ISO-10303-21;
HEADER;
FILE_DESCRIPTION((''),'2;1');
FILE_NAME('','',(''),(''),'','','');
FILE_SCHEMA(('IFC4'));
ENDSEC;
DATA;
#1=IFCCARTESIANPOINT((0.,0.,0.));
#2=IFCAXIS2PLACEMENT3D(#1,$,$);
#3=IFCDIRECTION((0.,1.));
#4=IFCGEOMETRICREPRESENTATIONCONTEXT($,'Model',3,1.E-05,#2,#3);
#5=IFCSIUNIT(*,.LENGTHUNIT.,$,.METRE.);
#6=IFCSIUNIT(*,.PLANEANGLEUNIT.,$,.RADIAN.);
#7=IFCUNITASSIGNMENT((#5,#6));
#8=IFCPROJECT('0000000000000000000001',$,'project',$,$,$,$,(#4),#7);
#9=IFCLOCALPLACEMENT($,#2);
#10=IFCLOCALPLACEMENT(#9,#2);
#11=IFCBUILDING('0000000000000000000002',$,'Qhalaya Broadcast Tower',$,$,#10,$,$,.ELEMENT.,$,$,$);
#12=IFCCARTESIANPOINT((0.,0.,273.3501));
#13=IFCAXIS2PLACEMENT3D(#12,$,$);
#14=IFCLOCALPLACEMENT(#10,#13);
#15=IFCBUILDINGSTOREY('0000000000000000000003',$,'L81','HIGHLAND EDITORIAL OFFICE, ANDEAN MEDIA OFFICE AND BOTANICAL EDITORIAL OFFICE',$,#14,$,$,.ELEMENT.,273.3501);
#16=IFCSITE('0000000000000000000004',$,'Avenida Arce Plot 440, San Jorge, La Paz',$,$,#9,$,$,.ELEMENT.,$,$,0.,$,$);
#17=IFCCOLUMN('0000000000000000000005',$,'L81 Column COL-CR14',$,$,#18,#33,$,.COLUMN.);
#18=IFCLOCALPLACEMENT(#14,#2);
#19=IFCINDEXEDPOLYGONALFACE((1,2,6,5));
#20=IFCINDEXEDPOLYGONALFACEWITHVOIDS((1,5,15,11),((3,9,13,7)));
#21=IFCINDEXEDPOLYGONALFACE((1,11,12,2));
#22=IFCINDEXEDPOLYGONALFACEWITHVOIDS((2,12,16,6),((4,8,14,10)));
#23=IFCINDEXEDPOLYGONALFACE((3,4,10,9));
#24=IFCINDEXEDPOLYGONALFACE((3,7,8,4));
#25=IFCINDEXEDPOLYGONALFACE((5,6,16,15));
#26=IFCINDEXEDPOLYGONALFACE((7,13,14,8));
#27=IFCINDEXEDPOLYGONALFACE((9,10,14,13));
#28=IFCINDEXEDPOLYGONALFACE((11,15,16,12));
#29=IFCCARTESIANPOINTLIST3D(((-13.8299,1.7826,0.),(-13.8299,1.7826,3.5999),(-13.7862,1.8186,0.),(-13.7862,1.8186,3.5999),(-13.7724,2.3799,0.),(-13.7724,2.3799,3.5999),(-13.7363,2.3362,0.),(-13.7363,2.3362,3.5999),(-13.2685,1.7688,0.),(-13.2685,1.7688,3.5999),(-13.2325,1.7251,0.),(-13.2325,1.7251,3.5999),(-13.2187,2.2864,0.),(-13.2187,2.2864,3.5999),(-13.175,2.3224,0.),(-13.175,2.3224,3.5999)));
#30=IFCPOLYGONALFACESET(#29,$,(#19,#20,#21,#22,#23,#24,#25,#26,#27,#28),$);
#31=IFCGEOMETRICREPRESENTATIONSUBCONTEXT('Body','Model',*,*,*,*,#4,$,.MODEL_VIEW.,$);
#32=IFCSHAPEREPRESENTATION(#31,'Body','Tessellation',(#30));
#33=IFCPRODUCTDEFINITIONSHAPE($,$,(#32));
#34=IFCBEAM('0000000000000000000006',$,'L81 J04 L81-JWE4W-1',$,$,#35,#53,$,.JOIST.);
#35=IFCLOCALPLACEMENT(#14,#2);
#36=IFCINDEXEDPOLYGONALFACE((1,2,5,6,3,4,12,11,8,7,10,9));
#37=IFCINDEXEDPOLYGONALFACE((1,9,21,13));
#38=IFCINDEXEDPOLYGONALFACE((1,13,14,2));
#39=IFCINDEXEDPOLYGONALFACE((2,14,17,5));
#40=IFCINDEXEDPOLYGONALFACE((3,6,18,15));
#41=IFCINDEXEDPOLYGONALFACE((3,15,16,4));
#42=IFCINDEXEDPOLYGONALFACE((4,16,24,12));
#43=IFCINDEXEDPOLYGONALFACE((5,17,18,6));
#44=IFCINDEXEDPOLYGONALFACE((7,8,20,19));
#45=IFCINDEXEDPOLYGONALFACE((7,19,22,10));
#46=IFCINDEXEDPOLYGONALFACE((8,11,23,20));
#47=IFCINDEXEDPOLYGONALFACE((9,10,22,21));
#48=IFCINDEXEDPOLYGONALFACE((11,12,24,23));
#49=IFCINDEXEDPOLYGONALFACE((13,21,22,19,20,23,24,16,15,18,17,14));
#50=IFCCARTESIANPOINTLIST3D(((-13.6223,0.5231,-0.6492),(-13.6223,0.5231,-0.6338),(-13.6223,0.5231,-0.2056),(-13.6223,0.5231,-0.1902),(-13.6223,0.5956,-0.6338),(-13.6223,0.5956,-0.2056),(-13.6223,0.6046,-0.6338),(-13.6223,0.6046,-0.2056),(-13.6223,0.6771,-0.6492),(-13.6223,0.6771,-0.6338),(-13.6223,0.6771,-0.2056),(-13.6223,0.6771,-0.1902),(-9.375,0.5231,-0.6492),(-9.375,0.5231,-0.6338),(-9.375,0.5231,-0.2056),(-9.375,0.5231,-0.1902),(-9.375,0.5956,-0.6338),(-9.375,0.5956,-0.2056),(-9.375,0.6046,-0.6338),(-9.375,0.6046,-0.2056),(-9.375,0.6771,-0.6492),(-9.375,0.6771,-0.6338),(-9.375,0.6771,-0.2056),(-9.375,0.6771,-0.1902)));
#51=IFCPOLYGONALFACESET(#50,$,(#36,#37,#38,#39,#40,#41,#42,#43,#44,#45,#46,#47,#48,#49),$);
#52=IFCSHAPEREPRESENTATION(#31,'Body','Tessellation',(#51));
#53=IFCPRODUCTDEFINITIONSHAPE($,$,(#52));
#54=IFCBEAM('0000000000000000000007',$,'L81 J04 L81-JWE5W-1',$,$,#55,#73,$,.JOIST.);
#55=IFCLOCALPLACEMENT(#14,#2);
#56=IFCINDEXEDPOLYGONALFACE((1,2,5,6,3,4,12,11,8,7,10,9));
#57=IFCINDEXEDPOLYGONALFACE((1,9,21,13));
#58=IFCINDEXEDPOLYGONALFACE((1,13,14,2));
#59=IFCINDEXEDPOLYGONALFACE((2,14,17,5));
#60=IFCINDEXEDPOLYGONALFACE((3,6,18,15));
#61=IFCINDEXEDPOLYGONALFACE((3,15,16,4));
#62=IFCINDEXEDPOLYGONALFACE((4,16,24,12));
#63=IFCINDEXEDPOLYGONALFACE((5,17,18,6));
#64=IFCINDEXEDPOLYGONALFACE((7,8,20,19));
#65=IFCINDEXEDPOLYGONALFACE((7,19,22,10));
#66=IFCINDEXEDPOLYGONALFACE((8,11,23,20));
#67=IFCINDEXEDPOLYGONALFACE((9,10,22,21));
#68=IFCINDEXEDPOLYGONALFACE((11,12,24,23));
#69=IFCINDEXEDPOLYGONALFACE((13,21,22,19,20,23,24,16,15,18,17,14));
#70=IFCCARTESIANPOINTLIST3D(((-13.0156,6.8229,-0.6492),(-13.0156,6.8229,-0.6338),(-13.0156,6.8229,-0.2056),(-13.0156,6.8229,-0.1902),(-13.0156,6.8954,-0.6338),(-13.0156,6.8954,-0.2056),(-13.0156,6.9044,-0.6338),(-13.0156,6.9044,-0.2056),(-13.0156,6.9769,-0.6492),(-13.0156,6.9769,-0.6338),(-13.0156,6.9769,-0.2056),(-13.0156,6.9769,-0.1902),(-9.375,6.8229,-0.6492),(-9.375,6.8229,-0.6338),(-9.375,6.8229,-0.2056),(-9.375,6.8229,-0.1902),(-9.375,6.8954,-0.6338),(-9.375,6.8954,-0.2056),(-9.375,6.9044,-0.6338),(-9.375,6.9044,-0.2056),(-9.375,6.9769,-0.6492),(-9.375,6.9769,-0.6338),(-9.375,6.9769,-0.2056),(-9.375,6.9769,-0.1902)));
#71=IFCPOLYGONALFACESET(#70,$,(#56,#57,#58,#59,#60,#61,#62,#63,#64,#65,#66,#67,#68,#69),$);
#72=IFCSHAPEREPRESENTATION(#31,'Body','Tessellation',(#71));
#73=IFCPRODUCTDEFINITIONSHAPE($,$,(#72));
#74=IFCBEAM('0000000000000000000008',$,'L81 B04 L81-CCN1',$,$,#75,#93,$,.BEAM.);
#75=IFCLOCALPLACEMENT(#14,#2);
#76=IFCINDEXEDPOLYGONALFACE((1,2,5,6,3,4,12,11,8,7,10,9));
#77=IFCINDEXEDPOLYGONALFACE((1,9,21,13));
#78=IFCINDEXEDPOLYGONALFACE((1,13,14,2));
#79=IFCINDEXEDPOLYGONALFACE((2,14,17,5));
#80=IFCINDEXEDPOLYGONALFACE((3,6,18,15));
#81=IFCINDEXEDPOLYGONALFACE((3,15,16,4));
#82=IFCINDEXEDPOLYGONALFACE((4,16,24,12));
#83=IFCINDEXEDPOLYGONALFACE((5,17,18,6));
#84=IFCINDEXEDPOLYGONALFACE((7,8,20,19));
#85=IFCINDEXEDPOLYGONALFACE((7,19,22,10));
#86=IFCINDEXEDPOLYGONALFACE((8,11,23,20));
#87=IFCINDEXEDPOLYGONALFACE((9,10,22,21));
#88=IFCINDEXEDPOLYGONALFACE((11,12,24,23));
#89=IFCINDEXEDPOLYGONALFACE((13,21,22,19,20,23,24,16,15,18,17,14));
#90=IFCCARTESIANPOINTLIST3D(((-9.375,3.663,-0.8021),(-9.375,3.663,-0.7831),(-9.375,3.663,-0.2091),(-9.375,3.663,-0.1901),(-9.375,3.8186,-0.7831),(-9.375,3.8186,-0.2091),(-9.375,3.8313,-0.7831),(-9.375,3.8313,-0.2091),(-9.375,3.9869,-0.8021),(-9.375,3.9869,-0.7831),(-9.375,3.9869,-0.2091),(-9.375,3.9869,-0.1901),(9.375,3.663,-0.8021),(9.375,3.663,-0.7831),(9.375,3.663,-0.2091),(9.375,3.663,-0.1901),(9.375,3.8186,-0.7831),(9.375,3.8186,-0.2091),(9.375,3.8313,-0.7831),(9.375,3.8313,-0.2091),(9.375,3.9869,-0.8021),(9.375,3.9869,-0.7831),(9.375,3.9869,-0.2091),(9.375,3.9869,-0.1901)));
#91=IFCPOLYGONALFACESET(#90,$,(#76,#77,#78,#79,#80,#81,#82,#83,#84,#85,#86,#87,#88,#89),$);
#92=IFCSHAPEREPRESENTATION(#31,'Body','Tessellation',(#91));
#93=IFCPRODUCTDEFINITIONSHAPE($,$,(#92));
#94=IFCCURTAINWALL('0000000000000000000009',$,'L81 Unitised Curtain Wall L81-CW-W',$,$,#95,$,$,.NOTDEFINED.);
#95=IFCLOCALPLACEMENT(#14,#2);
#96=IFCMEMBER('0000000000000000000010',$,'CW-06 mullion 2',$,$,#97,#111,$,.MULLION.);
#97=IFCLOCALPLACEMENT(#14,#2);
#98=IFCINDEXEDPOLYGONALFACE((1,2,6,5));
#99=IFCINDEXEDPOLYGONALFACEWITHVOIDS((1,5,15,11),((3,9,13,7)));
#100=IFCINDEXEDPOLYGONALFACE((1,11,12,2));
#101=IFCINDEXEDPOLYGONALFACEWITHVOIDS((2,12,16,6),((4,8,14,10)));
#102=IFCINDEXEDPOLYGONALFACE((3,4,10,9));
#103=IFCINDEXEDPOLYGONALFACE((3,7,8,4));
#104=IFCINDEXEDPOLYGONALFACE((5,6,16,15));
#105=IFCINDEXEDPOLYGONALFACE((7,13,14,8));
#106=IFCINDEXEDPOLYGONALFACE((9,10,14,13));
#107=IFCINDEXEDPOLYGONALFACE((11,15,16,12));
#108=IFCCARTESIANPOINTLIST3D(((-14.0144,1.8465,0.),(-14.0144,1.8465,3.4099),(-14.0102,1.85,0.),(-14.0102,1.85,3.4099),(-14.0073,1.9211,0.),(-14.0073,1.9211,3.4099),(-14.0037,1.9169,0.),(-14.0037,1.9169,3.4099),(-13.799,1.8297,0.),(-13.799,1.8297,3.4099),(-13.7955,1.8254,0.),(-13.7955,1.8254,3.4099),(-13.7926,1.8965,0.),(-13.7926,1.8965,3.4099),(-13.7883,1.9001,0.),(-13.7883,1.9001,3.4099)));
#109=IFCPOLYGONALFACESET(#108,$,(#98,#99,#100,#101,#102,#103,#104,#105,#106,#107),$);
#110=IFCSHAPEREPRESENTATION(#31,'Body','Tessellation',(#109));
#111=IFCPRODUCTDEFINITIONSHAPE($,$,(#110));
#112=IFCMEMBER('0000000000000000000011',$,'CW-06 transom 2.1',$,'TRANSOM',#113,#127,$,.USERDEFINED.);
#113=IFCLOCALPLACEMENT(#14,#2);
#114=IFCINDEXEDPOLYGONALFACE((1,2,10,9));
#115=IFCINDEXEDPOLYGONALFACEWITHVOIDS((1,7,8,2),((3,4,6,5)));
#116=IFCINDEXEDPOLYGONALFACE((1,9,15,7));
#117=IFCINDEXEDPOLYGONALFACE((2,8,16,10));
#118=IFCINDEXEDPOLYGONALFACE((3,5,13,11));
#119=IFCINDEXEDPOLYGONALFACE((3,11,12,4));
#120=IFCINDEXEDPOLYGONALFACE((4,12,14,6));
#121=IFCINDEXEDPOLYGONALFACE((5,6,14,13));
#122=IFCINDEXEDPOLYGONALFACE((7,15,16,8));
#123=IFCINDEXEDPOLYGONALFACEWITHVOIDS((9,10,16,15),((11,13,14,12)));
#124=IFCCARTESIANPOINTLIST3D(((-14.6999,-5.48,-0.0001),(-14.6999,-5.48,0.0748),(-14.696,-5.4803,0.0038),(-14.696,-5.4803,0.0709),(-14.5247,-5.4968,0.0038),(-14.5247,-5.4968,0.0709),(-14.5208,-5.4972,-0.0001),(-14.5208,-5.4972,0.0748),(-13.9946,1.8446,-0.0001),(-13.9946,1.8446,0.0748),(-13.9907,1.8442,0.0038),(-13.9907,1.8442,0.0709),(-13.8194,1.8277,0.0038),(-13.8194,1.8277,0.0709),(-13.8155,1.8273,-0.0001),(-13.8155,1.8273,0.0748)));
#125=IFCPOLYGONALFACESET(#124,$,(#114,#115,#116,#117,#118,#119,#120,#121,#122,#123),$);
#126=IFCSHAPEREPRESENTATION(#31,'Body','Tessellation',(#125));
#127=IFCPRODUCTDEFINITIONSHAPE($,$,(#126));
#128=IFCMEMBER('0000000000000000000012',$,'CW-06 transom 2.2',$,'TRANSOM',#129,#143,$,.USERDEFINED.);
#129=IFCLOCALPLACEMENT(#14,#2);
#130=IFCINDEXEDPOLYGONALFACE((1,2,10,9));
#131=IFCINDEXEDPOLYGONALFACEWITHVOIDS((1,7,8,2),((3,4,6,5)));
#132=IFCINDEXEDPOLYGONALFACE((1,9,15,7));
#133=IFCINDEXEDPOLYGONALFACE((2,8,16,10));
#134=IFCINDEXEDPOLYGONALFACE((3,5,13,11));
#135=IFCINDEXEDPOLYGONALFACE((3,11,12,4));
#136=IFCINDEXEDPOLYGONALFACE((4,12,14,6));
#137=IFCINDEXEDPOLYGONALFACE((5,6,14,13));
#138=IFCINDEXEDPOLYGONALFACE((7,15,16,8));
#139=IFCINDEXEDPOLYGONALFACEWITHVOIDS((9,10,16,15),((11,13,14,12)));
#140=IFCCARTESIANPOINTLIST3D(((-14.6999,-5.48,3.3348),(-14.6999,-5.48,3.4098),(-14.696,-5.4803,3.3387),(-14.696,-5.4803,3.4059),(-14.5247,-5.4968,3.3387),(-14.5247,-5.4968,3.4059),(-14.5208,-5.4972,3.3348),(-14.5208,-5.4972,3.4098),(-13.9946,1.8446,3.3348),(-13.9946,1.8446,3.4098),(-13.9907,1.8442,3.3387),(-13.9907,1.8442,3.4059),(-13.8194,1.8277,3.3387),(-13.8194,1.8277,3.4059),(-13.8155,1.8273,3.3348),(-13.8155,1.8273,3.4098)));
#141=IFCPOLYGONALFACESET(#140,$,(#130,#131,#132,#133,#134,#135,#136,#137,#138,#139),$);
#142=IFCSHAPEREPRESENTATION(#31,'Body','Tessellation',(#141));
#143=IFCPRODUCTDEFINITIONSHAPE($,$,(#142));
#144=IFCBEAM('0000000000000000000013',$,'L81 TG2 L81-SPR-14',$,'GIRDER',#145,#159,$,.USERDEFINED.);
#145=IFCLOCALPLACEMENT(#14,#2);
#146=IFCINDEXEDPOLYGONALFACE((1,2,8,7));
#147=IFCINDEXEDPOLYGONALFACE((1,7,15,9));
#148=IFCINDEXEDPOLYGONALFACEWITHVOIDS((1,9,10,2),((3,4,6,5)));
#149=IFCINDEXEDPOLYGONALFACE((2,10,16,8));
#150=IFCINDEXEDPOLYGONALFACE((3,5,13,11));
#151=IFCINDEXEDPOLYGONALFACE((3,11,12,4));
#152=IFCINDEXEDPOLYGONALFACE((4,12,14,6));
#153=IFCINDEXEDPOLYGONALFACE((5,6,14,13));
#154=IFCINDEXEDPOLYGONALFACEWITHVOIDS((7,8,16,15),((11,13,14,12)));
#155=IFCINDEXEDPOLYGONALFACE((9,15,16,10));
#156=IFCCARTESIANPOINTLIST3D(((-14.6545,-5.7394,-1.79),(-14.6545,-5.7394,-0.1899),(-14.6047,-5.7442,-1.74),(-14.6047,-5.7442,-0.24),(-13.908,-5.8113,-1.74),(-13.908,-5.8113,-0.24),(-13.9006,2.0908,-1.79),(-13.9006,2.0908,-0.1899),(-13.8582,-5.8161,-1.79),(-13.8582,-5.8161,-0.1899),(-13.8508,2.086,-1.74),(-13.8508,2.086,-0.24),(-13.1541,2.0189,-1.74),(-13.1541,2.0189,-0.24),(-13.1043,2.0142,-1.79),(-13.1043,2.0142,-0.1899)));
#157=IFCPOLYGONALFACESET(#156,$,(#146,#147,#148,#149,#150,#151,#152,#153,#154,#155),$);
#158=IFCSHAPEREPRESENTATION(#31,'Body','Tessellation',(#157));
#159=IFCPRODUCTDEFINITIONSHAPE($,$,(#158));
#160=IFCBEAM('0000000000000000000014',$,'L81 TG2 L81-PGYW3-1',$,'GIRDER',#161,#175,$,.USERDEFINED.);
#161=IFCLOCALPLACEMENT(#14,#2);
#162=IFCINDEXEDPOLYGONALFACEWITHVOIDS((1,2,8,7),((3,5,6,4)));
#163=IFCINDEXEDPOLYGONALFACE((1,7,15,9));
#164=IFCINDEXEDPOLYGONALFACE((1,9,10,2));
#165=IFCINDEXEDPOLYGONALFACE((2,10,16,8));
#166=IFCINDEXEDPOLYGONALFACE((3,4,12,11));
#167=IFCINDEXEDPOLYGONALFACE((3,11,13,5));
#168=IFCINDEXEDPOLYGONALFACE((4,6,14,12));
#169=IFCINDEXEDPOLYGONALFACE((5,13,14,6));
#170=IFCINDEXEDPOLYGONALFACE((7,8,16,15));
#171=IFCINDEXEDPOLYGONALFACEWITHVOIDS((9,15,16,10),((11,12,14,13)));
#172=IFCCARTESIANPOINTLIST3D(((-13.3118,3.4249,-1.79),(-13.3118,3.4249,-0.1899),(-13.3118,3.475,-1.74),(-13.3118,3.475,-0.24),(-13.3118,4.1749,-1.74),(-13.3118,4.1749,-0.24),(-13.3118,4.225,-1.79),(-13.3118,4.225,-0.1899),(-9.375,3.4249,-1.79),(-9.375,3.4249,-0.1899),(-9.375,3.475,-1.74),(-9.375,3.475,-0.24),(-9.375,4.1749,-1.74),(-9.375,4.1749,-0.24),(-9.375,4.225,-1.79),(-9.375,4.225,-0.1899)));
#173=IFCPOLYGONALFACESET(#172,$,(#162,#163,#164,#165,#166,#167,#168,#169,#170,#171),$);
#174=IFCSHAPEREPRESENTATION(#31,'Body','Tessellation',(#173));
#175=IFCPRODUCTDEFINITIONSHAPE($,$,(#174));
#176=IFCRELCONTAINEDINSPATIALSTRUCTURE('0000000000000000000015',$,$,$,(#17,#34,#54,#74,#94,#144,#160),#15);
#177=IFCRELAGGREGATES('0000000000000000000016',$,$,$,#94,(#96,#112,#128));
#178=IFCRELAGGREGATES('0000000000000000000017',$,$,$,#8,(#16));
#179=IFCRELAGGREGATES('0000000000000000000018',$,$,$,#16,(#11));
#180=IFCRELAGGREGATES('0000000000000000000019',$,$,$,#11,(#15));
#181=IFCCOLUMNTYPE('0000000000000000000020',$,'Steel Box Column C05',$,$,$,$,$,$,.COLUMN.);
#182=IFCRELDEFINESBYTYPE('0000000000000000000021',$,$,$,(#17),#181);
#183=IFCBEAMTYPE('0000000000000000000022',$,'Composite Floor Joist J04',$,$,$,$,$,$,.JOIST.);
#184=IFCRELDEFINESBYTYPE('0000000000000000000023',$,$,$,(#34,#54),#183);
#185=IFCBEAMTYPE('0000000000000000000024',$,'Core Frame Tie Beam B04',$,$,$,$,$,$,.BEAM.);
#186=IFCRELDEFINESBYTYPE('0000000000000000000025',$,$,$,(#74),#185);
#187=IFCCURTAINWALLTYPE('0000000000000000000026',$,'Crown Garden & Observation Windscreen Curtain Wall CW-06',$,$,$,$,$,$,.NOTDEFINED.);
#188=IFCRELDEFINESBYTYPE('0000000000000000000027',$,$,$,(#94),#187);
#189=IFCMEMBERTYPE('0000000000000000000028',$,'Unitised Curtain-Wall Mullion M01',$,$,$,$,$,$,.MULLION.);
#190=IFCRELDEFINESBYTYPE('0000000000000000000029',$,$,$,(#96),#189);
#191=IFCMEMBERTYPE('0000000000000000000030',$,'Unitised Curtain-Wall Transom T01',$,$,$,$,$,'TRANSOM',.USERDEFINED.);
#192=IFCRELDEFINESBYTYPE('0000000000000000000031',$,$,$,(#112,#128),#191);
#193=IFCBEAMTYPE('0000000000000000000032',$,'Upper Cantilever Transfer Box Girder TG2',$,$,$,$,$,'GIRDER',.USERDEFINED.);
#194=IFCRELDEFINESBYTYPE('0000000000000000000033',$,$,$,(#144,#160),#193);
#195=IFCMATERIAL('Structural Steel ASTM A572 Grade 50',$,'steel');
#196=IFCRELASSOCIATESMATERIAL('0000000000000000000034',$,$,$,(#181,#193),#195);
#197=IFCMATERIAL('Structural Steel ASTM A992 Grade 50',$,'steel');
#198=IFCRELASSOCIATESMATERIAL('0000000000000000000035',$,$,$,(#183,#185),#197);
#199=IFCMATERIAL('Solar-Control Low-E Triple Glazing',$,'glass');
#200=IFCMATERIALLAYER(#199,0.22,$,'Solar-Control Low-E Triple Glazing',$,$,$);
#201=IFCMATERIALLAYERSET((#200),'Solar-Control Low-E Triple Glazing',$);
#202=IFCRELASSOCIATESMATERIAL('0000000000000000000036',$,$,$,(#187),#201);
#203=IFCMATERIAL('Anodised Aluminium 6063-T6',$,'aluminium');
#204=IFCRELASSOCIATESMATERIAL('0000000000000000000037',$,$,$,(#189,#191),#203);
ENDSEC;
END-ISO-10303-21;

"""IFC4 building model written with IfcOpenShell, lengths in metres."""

from ifc_helpers import new_model, si_unit, direction, frame, origin, origin_2d, place, context, subcontext, project, spatial, hollow_rectangle, i_section, extrude, material, layer, layer_set, material_profile, profile_set, type_object, element, aggregate, save


model = new_model("IFC4")

# Units and contexts
model_context = context("Model", 3, precision=1e-05, world=origin(), true_north=direction((0.0, 1.0)))
body_context = subcontext(model_context, "Body", "Model", "MODEL_VIEW")
ifc_project = project(units=[si_unit("LENGTHUNIT", "METRE"), si_unit("PLANEANGLEUNIT", "RADIAN")], contexts=[model_context])

# Site, building, storey
site_placement = place(None, origin())
site = spatial("IfcSite", under=ifc_project, at=site_placement, Name="Avenida Arce Plot 440, San Jorge, La Paz", CompositionType="ELEMENT", RefElevation=0.0)
building_placement = place(site_placement, origin())
building = spatial("IfcBuilding", under=site, at=building_placement, Name="Qhalaya Broadcast Tower", CompositionType="ELEMENT")
storey_placement = place(building_placement, frame((0.0, 0.0, 273.3501)))
storey = spatial("IfcBuildingStorey", under=building, at=storey_placement, Name="L81", Description="HIGHLAND EDITORIAL OFFICE, ANDEAN MEDIA OFFICE AND BOTANICAL EDITORIAL OFFICE", CompositionType="ELEMENT", Elevation=273.3501)

# Column
ifc_material_1 = material(Name="Structural Steel ASTM A572 Grade 50", Category="steel")
ifc_material_profile_1 = material_profile(ifc_material_1, hollow_rectangle(XDim=0.6001, YDim=0.6001, WallThickness=0.04, at=origin_2d()), Name="BOX 600x600x40")
ifc_profile_set_1 = profile_set([ifc_material_profile_1], Name="Structural Steel ASTM A572 Grade 50")
column_type = type_object("IfcColumnType", Name="Steel Box Column C05", PredefinedType="COLUMN", material=ifc_profile_set_1)
column_placement = place(storey_placement, frame((-13.5024, 2.0525, 0.0), z_axis=(0.0, 0.0, 1.0), x_axis=(0.095846, 0.995396, 0.0)))
element("IfcColumn", 1, at=column_placement, inside=storey, type_object=column_type, Name="L81 Column COL-CR14", PredefinedType="COLUMN", context=body_context, shape_type="SweptSolid", body=[
    extrude(hollow_rectangle(XDim=0.6001, YDim=0.6001, WallThickness=0.04, at=origin_2d()), origin(), (0.0, 0.0, 1.0), 3.5999),
])

# Beams
ifc_material_2 = material(Name="Structural Steel ASTM A992 Grade 50", Category="steel")
ifc_material_profile_2 = material_profile(ifc_material_2, i_section(OverallWidth=0.1541, OverallDepth=0.459, WebThickness=0.009, FlangeThickness=0.0154, at=origin_2d()), Name="W18X46")
ifc_profile_set_2 = profile_set([ifc_material_profile_2], Name="Structural Steel ASTM A992 Grade 50")
beam_type_1 = type_object("IfcBeamType", Name="Composite Floor Joist J04", PredefinedType="JOIST", material=ifc_profile_set_2)
beam_1_placement = place(storey_placement, frame((-13.6223, 0.6001, -0.4197), z_axis=(1.0, 0.0, 0.0), x_axis=(0.0, 1.0, 0.0)))
element("IfcBeam", 2, at=beam_1_placement, inside=storey, type_object=beam_type_1, Name="L81 J04 L81-JWE4W-1", PredefinedType="JOIST", context=body_context, shape_type="SweptSolid", body=[
    extrude(i_section(OverallWidth=0.1541, OverallDepth=0.459, WebThickness=0.009, FlangeThickness=0.0154, at=origin_2d()), origin(), (0.0, 0.0, 1.0), 4.2473),
])
beam_2_placement = place(storey_placement, frame((-13.0156, 6.8999, -0.4197), z_axis=(1.0, 0.0, 0.0), x_axis=(0.0, 1.0, 0.0)))
element("IfcBeam", 3, at=beam_2_placement, inside=storey, type_object=beam_type_1, Name="L81 J04 L81-JWE5W-1", PredefinedType="JOIST", context=body_context, shape_type="SweptSolid", body=[
    extrude(i_section(OverallWidth=0.1541, OverallDepth=0.459, WebThickness=0.009, FlangeThickness=0.0154, at=origin_2d()), origin(), (0.0, 0.0, 1.0), 3.6406),
])
ifc_material_profile_3 = material_profile(ifc_material_2, i_section(OverallWidth=0.324, OverallDepth=0.6121, WebThickness=0.0127, FlangeThickness=0.019, at=origin_2d()), Name="W24X104")
ifc_profile_set_3 = profile_set([ifc_material_profile_3], Name="Structural Steel ASTM A992 Grade 50")
beam_type_2 = type_object("IfcBeamType", Name="Core Frame Tie Beam B04", PredefinedType="BEAM", material=ifc_profile_set_3)
beam_3_placement = place(storey_placement, frame((-9.375, 3.825, -0.4961), z_axis=(1.0, 0.0, 0.0), x_axis=(0.0, 1.0, 0.0)))
element("IfcBeam", 4, at=beam_3_placement, inside=storey, type_object=beam_type_2, Name="L81 B04 L81-CCN1", PredefinedType="BEAM", context=body_context, shape_type="SweptSolid", body=[
    extrude(i_section(OverallWidth=0.324, OverallDepth=0.6121, WebThickness=0.0127, FlangeThickness=0.019, at=origin_2d()), origin(), (0.0, 0.0, 1.0), 18.75),
])

# Curtain wall, members
ifc_material_3 = material(Name="Solar-Control Low-E Triple Glazing", Category="glass")
ifc_layer_1 = layer(ifc_material_3, 0.22, Name="Solar-Control Low-E Triple Glazing")
ifc_layer_set_1 = layer_set([ifc_layer_1], Name="Solar-Control Low-E Triple Glazing")
curtain_wall_type = type_object("IfcCurtainWallType", Name="Crown Garden & Observation Windscreen Curtain Wall CW-06", PredefinedType="NOTDEFINED", material=ifc_layer_set_1)
curtain_wall_placement = place(storey_placement, origin())
curtain_wall = element("IfcCurtainWall", 5, at=curtain_wall_placement, inside=storey, type_object=curtain_wall_type, Name="L81 Unitised Curtain Wall L81-CW-W", PredefinedType="NOTDEFINED")
ifc_material_4 = material(Name="Anodised Aluminium 6063-T6", Category="aluminium")
ifc_material_profile_4 = material_profile(ifc_material_4, hollow_rectangle(XDim=0.075, YDim=0.22, WallThickness=0.0039, at=origin_2d()), Name="ALU-MUL 75x220x4")
ifc_profile_set_4 = profile_set([ifc_material_profile_4], Name="Anodised Aluminium 6063-T6")
member_type_1 = type_object("IfcMemberType", Name="Unitised Curtain-Wall Mullion M01", PredefinedType="MULLION", material=ifc_profile_set_4)
member_1_placement = place(storey_placement, frame((-13.9014, 1.8733, 0.0), z_axis=(0.0, 0.0, 1.0), x_axis=(-0.095848, -0.995396, 0.0)))
member_1 = element("IfcMember", 6, at=member_1_placement, type_object=member_type_1, Name="CW-06 mullion 2", PredefinedType="MULLION", context=body_context, shape_type="SweptSolid", body=[
    extrude(hollow_rectangle(XDim=0.075, YDim=0.22, WallThickness=0.0039, at=origin_2d()), origin(), (0.0, 0.0, 1.0), 3.4099),
])
ifc_material_profile_5 = material_profile(ifc_material_4, hollow_rectangle(XDim=0.075, YDim=0.1799, WallThickness=0.0039, at=origin_2d()), Name="ALU-TRN 75x180x4")
ifc_profile_set_5 = profile_set([ifc_material_profile_5], Name="Anodised Aluminium 6063-T6")
member_type_2 = type_object("IfcMemberType", Name="Unitised Curtain-Wall Transom T01", ElementType="TRANSOM", PredefinedType="USERDEFINED", material=ifc_profile_set_5)
member_2_placement = place(storey_placement, frame((-13.905, 1.8359, 0.0374), z_axis=(-0.095853, -0.995395, 0.0), x_axis=(0.0, 0.0, 1.0)))
member_2 = element("IfcMember", 7, at=member_2_placement, type_object=member_type_2, Name="CW-06 transom 2.1", ObjectType="TRANSOM", PredefinedType="USERDEFINED", context=body_context, shape_type="SweptSolid", body=[
    extrude(hollow_rectangle(XDim=0.075, YDim=0.1799, WallThickness=0.0039, at=origin_2d()), origin(), (0.0, 0.0, 1.0), 7.3584),
])
member_3_placement = place(storey_placement, frame((-13.905, 1.8359, 3.3723), z_axis=(-0.095853, -0.995395, 0.0), x_axis=(0.0, 0.0, 1.0)))
member_3 = element("IfcMember", 8, at=member_3_placement, type_object=member_type_2, Name="CW-06 transom 2.2", ObjectType="TRANSOM", PredefinedType="USERDEFINED", context=body_context, shape_type="SweptSolid", body=[
    extrude(hollow_rectangle(XDim=0.075, YDim=0.1799, WallThickness=0.0039, at=origin_2d()), origin(), (0.0, 0.0, 1.0), 7.3584),
])

# Beams
ifc_material_profile_6 = material_profile(ifc_material_1, hollow_rectangle(XDim=0.8, YDim=1.6001, WallThickness=0.05, at=origin_2d()), Name="BOX 800x1600x50")
ifc_profile_set_6 = profile_set([ifc_material_profile_6], Name="Structural Steel ASTM A572 Grade 50")
beam_type_3 = type_object("IfcBeamType", Name="Upper Cantilever Transfer Box Girder TG2", ElementType="GIRDER", PredefinedType="USERDEFINED", material=ifc_profile_set_6)
beam_4_placement = place(storey_placement, frame((-13.5024, 2.0525, -0.99), z_axis=(-0.095837, -0.995397, 0.0), x_axis=(0.995397, -0.095837, 0.0)))
element("IfcBeam", 9, at=beam_4_placement, inside=storey, type_object=beam_type_3, Name="L81 TG2 L81-SPR-14", ObjectType="GIRDER", PredefinedType="USERDEFINED", context=body_context, shape_type="SweptSolid", body=[
    extrude(hollow_rectangle(XDim=0.8, YDim=1.6001, WallThickness=0.05, at=origin_2d()), origin(), (0.0, 0.0, 1.0), 7.8665),
])
beam_5_placement = place(storey_placement, frame((-13.3118, 3.825, -0.99), z_axis=(1.0, 0.0, 0.0), x_axis=(0.0, 1.0, 0.0)))
element("IfcBeam", 10, at=beam_5_placement, inside=storey, type_object=beam_type_3, Name="L81 TG2 L81-PGYW3-1", ObjectType="GIRDER", PredefinedType="USERDEFINED", context=body_context, shape_type="SweptSolid", body=[
    extrude(hollow_rectangle(XDim=0.8, YDim=1.6001, WallThickness=0.05, at=origin_2d()), origin(), (0.0, 0.0, 1.0), 3.9368),
])

aggregate(curtain_wall, [member_1, member_2, member_3])

save(model, "model.ifc")
